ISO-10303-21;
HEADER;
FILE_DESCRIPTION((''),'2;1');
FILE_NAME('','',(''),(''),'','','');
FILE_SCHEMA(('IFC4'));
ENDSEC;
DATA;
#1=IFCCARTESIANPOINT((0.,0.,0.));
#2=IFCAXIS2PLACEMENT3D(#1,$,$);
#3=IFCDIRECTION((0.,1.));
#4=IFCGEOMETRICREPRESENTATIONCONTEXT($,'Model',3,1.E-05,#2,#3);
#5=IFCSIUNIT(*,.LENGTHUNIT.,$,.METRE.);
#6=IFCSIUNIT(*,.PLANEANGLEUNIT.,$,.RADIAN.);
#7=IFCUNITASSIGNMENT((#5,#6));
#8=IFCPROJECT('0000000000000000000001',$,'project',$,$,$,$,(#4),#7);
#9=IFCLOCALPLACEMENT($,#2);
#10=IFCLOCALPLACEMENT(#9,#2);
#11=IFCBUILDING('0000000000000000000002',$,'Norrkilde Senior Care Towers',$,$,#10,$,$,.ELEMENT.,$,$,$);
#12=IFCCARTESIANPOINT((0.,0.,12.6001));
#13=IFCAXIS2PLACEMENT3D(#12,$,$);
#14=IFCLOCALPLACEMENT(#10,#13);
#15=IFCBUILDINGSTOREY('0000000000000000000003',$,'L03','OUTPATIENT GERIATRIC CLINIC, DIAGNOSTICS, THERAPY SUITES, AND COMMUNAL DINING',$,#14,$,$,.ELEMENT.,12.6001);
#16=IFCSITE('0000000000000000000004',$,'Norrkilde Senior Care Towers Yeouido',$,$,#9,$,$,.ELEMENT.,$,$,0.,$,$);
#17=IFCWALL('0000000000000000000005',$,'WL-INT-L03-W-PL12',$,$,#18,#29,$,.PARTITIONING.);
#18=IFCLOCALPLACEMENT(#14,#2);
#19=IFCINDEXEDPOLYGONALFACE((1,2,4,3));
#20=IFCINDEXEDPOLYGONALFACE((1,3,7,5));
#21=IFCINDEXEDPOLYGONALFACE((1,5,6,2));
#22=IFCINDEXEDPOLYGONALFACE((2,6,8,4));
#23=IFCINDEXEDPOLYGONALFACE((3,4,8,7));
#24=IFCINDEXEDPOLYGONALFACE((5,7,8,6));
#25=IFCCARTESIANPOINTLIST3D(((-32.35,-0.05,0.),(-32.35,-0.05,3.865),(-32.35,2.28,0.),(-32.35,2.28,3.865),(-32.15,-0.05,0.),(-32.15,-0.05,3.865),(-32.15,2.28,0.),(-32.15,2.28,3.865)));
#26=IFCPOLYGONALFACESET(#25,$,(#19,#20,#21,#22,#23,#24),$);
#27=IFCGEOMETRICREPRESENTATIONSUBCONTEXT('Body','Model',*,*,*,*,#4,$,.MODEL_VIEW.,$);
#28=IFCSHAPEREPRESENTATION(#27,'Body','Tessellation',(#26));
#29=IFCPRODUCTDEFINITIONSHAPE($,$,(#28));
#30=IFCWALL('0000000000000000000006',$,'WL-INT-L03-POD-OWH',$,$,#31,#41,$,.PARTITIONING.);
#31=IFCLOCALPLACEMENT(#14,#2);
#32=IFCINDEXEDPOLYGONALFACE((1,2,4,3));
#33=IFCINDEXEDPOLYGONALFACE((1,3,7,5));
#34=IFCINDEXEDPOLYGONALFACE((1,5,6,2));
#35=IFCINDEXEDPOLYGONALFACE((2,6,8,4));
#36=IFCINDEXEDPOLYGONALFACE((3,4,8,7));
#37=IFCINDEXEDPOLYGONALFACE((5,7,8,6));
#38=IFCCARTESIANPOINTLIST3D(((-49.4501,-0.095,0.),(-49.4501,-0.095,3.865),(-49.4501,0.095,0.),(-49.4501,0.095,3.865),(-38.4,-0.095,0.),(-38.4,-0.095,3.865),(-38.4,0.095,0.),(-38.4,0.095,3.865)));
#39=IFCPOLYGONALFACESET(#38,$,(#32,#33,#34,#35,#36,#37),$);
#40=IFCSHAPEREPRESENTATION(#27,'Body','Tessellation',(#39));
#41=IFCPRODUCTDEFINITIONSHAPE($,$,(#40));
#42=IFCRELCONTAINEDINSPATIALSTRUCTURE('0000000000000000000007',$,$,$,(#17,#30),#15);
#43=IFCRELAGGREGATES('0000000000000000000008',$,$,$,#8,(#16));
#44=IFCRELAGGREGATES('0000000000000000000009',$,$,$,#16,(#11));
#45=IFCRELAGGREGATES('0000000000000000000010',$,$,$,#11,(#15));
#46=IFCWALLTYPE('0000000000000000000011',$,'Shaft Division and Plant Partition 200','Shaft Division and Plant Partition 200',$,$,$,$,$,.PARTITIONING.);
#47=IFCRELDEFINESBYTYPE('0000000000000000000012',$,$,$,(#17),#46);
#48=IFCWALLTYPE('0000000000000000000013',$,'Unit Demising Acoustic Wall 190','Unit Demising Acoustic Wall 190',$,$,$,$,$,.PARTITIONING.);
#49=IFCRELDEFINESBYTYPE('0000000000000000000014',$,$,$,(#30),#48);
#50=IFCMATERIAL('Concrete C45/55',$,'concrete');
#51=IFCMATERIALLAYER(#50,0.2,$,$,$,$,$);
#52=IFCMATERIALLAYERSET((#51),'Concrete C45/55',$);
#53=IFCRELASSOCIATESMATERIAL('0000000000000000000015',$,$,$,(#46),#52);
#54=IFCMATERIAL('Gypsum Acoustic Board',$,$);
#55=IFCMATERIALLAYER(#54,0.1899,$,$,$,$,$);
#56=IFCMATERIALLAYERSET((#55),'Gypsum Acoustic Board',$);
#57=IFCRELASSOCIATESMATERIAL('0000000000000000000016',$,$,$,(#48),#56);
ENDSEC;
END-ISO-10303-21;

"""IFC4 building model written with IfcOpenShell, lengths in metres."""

from ifc_helpers import new_model, si_unit, direction, frame, frame_2d, origin, place, context, subcontext, project, spatial, rectangle, extrude, source, transform, mapped, material, layer, layer_set, type_object, type_shapes, element, save


model = new_model("IFC4")

# Units and contexts
model_context = context("Model", 3, precision=1e-05, world=origin(), true_north=direction((0.0, 1.0)))
body_context = subcontext(model_context, "Body", "Model", "MODEL_VIEW")
ifc_project = project(units=[si_unit("LENGTHUNIT", "METRE"), si_unit("PLANEANGLEUNIT", "RADIAN")], contexts=[model_context])

# Site, building, storey
site_placement = place(None, origin())
site = spatial("IfcSite", under=ifc_project, at=site_placement, Name="Norrkilde Senior Care Towers Yeouido", CompositionType="ELEMENT", RefElevation=0.0)
building_placement = place(site_placement, origin())
building = spatial("IfcBuilding", under=site, at=building_placement, Name="Norrkilde Senior Care Towers", CompositionType="ELEMENT")
storey_placement = place(building_placement, frame((0.0, 0.0, 12.6001)))
storey = spatial("IfcBuildingStorey", under=building, at=storey_placement, Name="L03", Description="OUTPATIENT GERIATRIC CLINIC, DIAGNOSTICS, THERAPY SUITES, AND COMMUNAL DINING", CompositionType="ELEMENT", Elevation=12.6001)

# Shared definitions
ifc_material_1 = material(Name="Concrete C45/55", Category="concrete")

# Walls
ifc_layer_1 = layer(ifc_material_1, 0.2)
ifc_layer_set_1 = layer_set([ifc_layer_1], Name="Concrete C45/55")
wall_type_1 = type_object("IfcWallType", Name="Shaft Division and Plant Partition 200", Description="Shaft Division and Plant Partition 200", PredefinedType="PARTITIONING", material=ifc_layer_set_1)
shared_shape_1 = source(origin(), body_context, "Body", "SweptSolid", [
    extrude(rectangle(XDim=2.3301, YDim=0.2, at=frame_2d((1.165, 0.0))), origin(), (0.0, 0.0, 1.0), 3.865),
])
type_shapes(wall_type_1, [shared_shape_1])
wall_1_placement = place(storey_placement, frame((-32.25, -0.05, 0.0), z_axis=(0.0, 0.0, 1.0), x_axis=(0.0, 1.0, 0.0)))
element("IfcWall", 1, at=wall_1_placement, inside=storey, type_object=wall_type_1, Name="WL-INT-L03-W-PL12", PredefinedType="PARTITIONING", context=body_context, shape_type="MappedRepresentation", body=[
    mapped(shared_shape_1, transform((0.0, 0.0, 0.0), x_axis=(1.0, 0.0, 0.0), y_axis=(0.0, 1.0, 0.0), z_axis=(0.0, 0.0, 1.0), scale=1.0)),
])
ifc_material_2 = material(Name="Gypsum Acoustic Board")
ifc_layer_2 = layer(ifc_material_2, 0.1899)
ifc_layer_set_2 = layer_set([ifc_layer_2], Name="Gypsum Acoustic Board")
wall_type_2 = type_object("IfcWallType", Name="Unit Demising Acoustic Wall 190", Description="Unit Demising Acoustic Wall 190", PredefinedType="PARTITIONING", material=ifc_layer_set_2)
shared_shape_2 = source(origin(), body_context, "Body", "SweptSolid", [
    extrude(rectangle(XDim=11.05, YDim=0.1899, at=frame_2d((5.5249, 0.0))), origin(), (0.0, 0.0, 1.0), 3.865),
])
type_shapes(wall_type_2, [shared_shape_2])
wall_2_placement = place(storey_placement, frame((-49.45, 0.0, 0.0), z_axis=(0.0, 0.0, 1.0), x_axis=(1.0, 0.0, 0.0)))
element("IfcWall", 2, at=wall_2_placement, inside=storey, type_object=wall_type_2, Name="WL-INT-L03-POD-OWH", PredefinedType="PARTITIONING", context=body_context, shape_type="MappedRepresentation", body=[
    mapped(shared_shape_2, transform((0.0, 0.0, 0.0), x_axis=(1.0, 0.0, 0.0), y_axis=(0.0, 1.0, 0.0), z_axis=(0.0, 0.0, 1.0), scale=1.0)),
])

save(model, "model.ifc")
